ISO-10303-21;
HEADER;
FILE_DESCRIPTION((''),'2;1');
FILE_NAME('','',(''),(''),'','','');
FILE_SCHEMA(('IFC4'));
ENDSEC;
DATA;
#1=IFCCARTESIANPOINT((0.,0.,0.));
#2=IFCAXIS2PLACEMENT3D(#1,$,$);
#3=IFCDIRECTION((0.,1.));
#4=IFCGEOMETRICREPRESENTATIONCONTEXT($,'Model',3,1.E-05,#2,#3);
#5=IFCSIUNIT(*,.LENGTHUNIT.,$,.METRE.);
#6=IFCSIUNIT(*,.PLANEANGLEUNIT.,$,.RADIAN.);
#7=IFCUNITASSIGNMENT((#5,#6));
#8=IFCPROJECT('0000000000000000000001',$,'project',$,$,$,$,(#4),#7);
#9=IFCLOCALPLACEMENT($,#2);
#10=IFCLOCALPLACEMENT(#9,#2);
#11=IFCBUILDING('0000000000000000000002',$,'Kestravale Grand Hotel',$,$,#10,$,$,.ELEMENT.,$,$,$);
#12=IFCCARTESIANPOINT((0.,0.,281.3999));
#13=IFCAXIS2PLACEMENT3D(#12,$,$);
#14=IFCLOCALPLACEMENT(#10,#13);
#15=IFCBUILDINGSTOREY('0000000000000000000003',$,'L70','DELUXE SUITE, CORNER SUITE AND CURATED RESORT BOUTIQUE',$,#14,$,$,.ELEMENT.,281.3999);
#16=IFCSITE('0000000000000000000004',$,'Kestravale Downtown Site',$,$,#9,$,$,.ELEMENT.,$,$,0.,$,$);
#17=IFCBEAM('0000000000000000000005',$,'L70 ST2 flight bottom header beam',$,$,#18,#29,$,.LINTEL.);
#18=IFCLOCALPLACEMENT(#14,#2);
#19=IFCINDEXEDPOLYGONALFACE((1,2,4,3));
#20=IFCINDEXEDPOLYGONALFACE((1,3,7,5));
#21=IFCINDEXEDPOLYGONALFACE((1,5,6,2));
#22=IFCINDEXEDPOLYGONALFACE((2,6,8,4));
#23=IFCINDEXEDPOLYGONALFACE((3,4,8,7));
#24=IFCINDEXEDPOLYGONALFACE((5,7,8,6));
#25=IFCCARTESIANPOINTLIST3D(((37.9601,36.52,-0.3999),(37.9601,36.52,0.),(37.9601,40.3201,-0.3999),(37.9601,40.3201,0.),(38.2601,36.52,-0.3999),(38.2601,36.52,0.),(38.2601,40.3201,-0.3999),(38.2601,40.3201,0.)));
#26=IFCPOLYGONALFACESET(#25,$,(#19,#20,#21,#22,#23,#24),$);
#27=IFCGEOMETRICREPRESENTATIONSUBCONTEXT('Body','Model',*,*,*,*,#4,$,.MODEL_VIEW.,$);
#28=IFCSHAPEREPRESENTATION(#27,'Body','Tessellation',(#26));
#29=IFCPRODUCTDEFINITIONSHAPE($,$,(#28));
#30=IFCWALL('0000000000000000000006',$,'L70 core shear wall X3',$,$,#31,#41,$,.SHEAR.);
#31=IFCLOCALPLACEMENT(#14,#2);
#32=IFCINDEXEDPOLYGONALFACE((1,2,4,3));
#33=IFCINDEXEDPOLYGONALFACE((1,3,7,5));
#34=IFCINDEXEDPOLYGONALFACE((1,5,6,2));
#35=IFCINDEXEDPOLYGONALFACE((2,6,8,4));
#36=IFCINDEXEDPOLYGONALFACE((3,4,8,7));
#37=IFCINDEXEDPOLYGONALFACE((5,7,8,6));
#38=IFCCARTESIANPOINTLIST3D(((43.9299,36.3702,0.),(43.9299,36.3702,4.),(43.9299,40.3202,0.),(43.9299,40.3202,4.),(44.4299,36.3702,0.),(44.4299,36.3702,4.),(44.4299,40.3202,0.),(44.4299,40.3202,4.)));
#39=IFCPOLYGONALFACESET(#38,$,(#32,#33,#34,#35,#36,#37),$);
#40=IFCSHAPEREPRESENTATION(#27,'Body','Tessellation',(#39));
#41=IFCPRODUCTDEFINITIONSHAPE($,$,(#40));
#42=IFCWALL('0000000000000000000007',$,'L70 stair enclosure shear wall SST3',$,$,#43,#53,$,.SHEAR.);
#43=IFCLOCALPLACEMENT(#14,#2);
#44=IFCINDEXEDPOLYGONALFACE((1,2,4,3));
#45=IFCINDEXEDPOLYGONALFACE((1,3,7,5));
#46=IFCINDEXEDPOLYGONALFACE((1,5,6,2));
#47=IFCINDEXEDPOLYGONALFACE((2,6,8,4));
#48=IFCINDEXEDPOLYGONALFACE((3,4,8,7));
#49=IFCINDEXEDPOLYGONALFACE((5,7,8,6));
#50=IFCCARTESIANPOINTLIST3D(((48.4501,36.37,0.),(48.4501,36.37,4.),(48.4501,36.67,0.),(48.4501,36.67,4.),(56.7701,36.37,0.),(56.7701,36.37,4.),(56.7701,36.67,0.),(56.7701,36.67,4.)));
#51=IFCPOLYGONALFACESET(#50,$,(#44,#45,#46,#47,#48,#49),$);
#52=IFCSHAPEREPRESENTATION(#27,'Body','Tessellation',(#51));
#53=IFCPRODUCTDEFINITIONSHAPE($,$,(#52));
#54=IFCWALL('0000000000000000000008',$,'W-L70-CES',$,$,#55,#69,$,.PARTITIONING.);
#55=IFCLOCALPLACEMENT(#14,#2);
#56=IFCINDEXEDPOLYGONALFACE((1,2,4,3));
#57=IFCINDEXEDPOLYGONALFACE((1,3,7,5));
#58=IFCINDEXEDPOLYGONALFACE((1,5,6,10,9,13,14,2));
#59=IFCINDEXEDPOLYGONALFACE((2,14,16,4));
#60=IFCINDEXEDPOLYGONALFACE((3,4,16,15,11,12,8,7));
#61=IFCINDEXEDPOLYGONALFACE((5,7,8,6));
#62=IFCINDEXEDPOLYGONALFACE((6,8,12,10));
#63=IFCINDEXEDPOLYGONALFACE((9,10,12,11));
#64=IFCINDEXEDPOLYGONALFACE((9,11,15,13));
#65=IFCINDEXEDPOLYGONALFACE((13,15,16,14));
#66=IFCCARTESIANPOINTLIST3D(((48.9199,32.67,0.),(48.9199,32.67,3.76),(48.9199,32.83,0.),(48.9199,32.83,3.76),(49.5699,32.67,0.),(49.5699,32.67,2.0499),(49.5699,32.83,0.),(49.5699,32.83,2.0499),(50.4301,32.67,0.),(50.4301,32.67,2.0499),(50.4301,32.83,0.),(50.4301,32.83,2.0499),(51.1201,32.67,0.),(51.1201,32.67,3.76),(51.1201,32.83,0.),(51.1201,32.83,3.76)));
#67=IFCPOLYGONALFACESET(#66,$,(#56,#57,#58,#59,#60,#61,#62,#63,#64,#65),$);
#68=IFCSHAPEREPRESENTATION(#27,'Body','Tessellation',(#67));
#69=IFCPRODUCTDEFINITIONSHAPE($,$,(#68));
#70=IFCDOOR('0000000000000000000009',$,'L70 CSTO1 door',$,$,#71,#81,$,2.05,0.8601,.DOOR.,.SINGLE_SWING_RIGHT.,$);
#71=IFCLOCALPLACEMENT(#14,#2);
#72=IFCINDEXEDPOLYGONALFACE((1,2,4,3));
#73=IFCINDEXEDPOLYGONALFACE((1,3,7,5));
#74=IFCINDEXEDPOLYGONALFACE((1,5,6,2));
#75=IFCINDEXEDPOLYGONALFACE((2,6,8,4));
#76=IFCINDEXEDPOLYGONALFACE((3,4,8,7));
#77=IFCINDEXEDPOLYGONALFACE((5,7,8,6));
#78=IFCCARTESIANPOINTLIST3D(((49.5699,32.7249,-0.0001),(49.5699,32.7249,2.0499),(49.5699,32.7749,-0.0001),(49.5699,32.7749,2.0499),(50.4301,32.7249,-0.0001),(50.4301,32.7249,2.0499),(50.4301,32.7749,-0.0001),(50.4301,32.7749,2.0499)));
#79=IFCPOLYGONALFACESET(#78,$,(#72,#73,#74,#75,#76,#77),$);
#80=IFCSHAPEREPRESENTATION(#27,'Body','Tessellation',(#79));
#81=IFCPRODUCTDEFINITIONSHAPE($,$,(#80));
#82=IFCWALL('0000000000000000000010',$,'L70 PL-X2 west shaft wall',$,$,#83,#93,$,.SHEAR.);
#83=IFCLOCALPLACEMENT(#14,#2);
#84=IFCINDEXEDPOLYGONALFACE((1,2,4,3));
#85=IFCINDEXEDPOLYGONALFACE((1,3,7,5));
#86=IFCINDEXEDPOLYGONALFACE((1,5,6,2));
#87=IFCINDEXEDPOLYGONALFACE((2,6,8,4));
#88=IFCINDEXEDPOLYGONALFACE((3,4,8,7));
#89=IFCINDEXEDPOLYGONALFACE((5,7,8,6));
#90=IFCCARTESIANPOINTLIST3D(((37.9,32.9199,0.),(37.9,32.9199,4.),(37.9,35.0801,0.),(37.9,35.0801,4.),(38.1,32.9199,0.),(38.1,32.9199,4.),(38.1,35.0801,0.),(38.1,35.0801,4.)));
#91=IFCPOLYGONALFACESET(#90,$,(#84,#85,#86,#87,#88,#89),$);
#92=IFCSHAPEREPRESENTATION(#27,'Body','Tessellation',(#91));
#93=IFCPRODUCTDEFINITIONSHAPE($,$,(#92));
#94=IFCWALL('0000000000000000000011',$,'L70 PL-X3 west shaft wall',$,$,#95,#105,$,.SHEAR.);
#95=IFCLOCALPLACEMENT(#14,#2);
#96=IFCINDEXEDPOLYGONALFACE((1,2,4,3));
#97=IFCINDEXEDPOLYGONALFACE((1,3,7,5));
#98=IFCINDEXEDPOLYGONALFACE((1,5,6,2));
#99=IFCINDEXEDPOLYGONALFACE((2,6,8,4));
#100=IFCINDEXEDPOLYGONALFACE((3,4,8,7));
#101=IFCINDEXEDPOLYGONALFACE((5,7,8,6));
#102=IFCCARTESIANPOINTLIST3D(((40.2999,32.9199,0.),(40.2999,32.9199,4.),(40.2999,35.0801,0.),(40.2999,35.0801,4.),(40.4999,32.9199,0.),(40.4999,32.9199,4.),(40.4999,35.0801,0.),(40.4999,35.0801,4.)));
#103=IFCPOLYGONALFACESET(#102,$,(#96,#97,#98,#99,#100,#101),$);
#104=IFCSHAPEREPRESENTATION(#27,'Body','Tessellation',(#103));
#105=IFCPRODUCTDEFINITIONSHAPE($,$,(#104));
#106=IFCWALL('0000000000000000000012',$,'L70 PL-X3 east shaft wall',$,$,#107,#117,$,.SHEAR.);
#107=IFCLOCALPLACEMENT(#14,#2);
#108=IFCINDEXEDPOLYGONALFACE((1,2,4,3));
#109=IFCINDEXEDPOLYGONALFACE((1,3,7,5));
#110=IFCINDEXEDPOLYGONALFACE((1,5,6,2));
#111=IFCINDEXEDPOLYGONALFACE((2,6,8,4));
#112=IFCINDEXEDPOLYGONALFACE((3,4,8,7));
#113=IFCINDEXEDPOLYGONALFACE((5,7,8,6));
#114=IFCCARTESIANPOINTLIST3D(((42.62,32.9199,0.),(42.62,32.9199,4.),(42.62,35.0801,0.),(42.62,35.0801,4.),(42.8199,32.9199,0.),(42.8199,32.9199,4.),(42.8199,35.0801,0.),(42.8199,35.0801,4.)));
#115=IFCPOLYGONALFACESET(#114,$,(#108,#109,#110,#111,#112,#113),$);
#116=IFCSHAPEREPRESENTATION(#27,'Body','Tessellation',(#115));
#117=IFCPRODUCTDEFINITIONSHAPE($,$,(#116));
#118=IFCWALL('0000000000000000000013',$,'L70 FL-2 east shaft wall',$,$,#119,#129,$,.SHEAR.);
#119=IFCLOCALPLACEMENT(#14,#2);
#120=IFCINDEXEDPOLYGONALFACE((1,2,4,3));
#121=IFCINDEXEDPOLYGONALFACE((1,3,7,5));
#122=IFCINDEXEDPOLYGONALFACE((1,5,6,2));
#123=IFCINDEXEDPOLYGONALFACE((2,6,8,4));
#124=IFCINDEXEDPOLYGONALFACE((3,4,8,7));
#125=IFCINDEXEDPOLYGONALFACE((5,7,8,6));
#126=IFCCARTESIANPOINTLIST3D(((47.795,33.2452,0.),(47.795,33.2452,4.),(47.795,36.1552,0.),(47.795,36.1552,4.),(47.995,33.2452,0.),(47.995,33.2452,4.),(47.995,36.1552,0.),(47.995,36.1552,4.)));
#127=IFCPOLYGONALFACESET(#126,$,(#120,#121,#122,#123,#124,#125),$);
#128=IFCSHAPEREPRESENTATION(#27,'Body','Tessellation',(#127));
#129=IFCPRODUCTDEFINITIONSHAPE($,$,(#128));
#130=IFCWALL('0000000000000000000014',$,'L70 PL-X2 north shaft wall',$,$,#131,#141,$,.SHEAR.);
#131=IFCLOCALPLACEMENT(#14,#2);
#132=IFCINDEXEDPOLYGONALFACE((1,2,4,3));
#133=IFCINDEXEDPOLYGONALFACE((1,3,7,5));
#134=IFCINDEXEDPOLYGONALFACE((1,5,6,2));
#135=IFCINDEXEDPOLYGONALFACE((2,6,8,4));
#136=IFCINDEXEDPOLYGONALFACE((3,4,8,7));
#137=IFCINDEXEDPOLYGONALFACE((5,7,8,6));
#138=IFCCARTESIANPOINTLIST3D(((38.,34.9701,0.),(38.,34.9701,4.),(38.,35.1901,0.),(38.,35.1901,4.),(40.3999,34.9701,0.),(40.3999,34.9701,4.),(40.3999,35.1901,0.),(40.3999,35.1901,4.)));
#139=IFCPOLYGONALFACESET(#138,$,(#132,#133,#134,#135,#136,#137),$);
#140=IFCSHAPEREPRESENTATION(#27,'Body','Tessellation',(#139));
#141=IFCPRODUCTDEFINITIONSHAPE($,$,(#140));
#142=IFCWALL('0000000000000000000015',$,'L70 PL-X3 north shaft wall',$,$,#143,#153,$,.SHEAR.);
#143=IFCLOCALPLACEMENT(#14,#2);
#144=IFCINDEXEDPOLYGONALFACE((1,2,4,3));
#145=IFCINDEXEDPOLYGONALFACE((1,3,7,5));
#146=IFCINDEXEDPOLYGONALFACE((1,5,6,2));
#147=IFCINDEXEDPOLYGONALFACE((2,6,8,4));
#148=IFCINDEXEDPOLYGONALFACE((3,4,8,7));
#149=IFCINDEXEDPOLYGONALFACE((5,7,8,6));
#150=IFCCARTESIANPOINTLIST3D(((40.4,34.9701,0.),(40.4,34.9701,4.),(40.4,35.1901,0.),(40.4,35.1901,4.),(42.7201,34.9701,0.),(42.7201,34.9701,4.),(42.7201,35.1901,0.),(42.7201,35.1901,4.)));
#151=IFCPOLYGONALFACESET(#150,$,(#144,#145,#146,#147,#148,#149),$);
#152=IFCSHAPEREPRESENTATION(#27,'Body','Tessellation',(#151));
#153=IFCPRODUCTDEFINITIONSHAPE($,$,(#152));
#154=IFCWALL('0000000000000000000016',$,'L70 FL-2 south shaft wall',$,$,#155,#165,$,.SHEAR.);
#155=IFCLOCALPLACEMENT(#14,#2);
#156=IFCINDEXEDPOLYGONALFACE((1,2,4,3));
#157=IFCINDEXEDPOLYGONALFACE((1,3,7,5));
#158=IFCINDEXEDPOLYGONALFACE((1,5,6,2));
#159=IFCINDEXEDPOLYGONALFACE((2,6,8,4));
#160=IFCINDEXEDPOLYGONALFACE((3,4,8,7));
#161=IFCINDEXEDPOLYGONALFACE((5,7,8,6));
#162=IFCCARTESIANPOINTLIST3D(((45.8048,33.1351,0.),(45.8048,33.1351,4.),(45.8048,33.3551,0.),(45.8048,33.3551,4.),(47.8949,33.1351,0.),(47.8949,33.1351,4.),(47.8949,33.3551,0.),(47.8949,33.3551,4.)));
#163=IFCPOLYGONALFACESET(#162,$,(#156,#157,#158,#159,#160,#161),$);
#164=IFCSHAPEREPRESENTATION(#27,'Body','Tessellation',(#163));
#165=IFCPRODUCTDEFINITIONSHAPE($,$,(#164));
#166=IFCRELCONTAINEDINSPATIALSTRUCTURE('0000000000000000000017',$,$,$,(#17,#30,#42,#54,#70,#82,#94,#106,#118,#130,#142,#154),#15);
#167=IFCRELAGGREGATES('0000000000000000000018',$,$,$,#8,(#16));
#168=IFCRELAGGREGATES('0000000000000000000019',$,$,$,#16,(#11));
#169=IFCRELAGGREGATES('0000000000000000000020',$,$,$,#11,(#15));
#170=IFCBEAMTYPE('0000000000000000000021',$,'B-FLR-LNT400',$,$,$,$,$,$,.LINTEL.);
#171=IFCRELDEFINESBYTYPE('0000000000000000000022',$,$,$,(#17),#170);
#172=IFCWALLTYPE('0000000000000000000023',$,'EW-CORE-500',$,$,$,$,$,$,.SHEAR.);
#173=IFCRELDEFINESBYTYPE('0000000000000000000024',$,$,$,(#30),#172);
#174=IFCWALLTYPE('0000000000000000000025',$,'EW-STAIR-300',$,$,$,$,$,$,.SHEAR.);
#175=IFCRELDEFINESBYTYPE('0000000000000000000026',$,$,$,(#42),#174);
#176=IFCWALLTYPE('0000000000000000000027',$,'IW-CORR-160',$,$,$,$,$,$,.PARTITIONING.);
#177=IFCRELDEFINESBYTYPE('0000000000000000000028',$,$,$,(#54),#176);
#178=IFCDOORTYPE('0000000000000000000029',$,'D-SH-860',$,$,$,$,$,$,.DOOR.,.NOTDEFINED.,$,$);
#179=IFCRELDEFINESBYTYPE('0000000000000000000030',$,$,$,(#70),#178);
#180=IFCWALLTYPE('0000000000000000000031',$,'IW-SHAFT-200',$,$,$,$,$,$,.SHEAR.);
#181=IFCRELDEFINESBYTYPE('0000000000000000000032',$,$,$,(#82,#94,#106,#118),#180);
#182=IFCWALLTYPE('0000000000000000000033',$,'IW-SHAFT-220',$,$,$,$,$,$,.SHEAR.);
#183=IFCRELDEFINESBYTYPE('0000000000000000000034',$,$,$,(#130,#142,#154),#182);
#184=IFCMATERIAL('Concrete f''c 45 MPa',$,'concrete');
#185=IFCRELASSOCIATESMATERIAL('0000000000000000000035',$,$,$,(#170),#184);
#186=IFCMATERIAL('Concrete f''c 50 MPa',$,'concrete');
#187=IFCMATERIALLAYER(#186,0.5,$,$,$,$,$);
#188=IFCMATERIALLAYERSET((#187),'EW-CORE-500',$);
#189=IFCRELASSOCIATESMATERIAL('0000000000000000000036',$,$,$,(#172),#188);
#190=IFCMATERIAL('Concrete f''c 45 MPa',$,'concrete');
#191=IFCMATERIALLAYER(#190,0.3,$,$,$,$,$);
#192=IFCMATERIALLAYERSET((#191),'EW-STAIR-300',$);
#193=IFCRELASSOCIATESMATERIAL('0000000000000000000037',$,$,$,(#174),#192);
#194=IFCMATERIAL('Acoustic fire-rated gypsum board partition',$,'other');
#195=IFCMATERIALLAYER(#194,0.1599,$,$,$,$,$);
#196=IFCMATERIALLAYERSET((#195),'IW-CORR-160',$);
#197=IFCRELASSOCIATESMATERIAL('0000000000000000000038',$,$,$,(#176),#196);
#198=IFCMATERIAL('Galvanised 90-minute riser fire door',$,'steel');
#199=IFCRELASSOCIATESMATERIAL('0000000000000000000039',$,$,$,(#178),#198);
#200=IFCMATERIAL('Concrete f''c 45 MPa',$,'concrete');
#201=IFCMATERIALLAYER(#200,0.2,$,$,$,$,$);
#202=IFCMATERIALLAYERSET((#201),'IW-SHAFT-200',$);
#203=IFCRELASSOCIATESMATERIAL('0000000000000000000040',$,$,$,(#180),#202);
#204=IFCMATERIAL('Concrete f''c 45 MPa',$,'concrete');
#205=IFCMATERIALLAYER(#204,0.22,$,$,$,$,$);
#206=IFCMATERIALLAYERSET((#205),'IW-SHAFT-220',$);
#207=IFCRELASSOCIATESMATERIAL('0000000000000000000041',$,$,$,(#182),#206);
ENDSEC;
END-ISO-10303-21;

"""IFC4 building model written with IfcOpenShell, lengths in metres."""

from ifc_helpers import new_model, si_unit, direction, frame, frame_2d, origin, origin_2d, place, context, subcontext, project, spatial, rectangle, extrude, material, layer, layer_set, material_profile, profile_set, type_object, element, fill, save


model = new_model("IFC4")

# Units and contexts
model_context = context("Model", 3, precision=1e-05, world=origin(), true_north=direction((0.0, 1.0)))
body_context = subcontext(model_context, "Body", "Model", "MODEL_VIEW")
ifc_project = project(units=[si_unit("LENGTHUNIT", "METRE"), si_unit("PLANEANGLEUNIT", "RADIAN")], contexts=[model_context])

# Site, building, storey
site_placement = place(None, origin())
site = spatial("IfcSite", under=ifc_project, at=site_placement, Name="Kestravale Downtown Site", CompositionType="ELEMENT", RefElevation=0.0)
building_placement = place(site_placement, origin())
building = spatial("IfcBuilding", under=site, at=building_placement, Name="Kestravale Grand Hotel", CompositionType="ELEMENT")
storey_placement = place(building_placement, frame((0.0, 0.0, 281.3999)))
storey = spatial("IfcBuildingStorey", under=building, at=storey_placement, Name="L70", Description="DELUXE SUITE, CORNER SUITE AND CURATED RESORT BOUTIQUE", CompositionType="ELEMENT", Elevation=281.3999)

# Beam
ifc_material_1 = material(Name="Concrete f'c 45 MPa", Category="concrete")
ifc_material_profile = material_profile(ifc_material_1, rectangle(XDim=0.3, YDim=0.3999, at=origin_2d()))
ifc_profile_set = profile_set([ifc_material_profile], Name="Concrete f'c 45 MPa")
beam_type = type_object("IfcBeamType", Name="B-FLR-LNT400", PredefinedType="LINTEL", material=ifc_profile_set)
beam_placement = place(storey_placement, frame((38.1101, 36.52, -0.2), z_axis=(0.0, 1.0, 0.0), x_axis=(-1.0, 0.0, 0.0)))
element("IfcBeam", 1, at=beam_placement, inside=storey, type_object=beam_type, Name="L70 ST2 flight bottom header beam", PredefinedType="LINTEL", context=body_context, shape_type="SweptSolid", body=[
    extrude(rectangle(XDim=0.3, YDim=0.3999, at=origin_2d()), origin(), (0.0, 0.0, 1.0), 3.8),
])

# Walls
ifc_material_2 = material(Name="Concrete f'c 50 MPa", Category="concrete")
ifc_layer_1 = layer(ifc_material_2, 0.5)
ifc_layer_set_1 = layer_set([ifc_layer_1], Name="EW-CORE-500")
wall_type_1 = type_object("IfcWallType", Name="EW-CORE-500", PredefinedType="SHEAR", material=ifc_layer_set_1)
wall_1_placement = place(storey_placement, frame((44.1799, 36.3701, 0.0), z_axis=(0.0, 0.0, 1.0), x_axis=(0.0, 1.0, 0.0)))
element("IfcWall", 2, at=wall_1_placement, inside=storey, type_object=wall_type_1, Name="L70 core shear wall X3", PredefinedType="SHEAR", context=body_context, shape_type="SweptSolid", body=[
    extrude(rectangle(XDim=3.95, YDim=0.5, at=frame_2d((1.9751, 0.0))), origin(), (0.0, 0.0, 1.0), 4.0),
])
ifc_material_3 = material(Name="Concrete f'c 45 MPa", Category="concrete")
ifc_layer_2 = layer(ifc_material_3, 0.3)
ifc_layer_set_2 = layer_set([ifc_layer_2], Name="EW-STAIR-300")
wall_type_2 = type_object("IfcWallType", Name="EW-STAIR-300", PredefinedType="SHEAR", material=ifc_layer_set_2)
wall_2_placement = place(storey_placement, frame((48.45, 36.52, 0.0), z_axis=(0.0, 0.0, 1.0), x_axis=(1.0, 0.0, 0.0)))
element("IfcWall", 3, at=wall_2_placement, inside=storey, type_object=wall_type_2, Name="L70 stair enclosure shear wall SST3", PredefinedType="SHEAR", context=body_context, shape_type="SweptSolid", body=[
    extrude(rectangle(XDim=8.3201, YDim=0.3, at=frame_2d((4.1602, 0.0))), origin(), (0.0, 0.0, 1.0), 4.0),
])

# Wall, opening, door
ifc_material_4 = material(Name="Acoustic fire-rated gypsum board partition", Category="other")
ifc_layer_3 = layer(ifc_material_4, 0.1599)
ifc_layer_set_3 = layer_set([ifc_layer_3], Name="IW-CORR-160")
wall_type_3 = type_object("IfcWallType", Name="IW-CORR-160", PredefinedType="PARTITIONING", material=ifc_layer_set_3)
wall_3_placement = place(storey_placement, frame((48.9199, 32.75, 0.0), z_axis=(0.0, 0.0, 1.0), x_axis=(1.0, 0.0, 0.0)))
wall_3 = element("IfcWall", 4, at=wall_3_placement, inside=storey, type_object=wall_type_3, Name="W-L70-CES", PredefinedType="PARTITIONING", context=body_context, shape_type="SweptSolid", body=[
    extrude(rectangle(XDim=2.2002, YDim=0.1599, at=frame_2d((1.1001, 0.0))), origin(), (0.0, 0.0, 1.0), 3.76),
])
opening_1_placement = place(wall_3_placement, frame((0.6499, 0.0, 0.0)))
opening_1 = element("IfcOpeningElement", 5, at=opening_1_placement, cuts=wall_3, PredefinedType="OPENING", context=body_context, shape_type="SweptSolid", body=[
    extrude(rectangle(XDim=0.8601, YDim=2.05, at=frame_2d((0.4302, 1.0249))), frame((0.0, 0.0898, 0.0), z_axis=(0.0, -1.0, 0.0), x_axis=(1.0, 0.0, 0.0)), (0.0, 0.0, 1.0), 0.1799),
])
ifc_material_5 = material(Name="Galvanised 90-minute riser fire door", Category="steel")
door_type_1 = type_object("IfcDoorType", Name="D-SH-860", OperationType="NOTDEFINED", PredefinedType="DOOR", material=ifc_material_5)
door_1_placement = place(opening_1_placement, origin())
door_1 = element("IfcDoor", 6, at=door_1_placement, inside=storey, type_object=door_type_1, Name="L70 CSTO1 door", OperationType="SINGLE_SWING_RIGHT", OverallHeight=2.05, OverallWidth=0.8601, PredefinedType="DOOR", context=body_context, shape_type="SweptSolid", body=[
    extrude(rectangle(XDim=0.8601, YDim=2.05, at=frame_2d((0.4302, 1.0249))), frame((0.0, 0.0249, 0.0), z_axis=(0.0, -1.0, 0.0), x_axis=(1.0, 0.0, 0.0)), (0.0, 0.0, 1.0), 0.05),
])
fill(opening_1, door_1)

# Walls
ifc_material_6 = material(Name="Concrete f'c 45 MPa", Category="concrete")
ifc_layer_4 = layer(ifc_material_6, 0.2)
ifc_layer_set_4 = layer_set([ifc_layer_4], Name="IW-SHAFT-200")
wall_type_4 = type_object("IfcWallType", Name="IW-SHAFT-200", PredefinedType="SHEAR", material=ifc_layer_set_4)
for number, where, z_axis, x_axis, name in (
    (7, (38.0, 32.9199, 0.0), (0.0, 0.0, 1.0), (0.0, 1.0, 0.0), "L70 PL-X2 west shaft wall"),
    (8, (40.3999, 32.9199, 0.0), (0.0, 0.0, 1.0), (0.0, 1.0, 0.0), "L70 PL-X3 west shaft wall"),
    (9, (42.72, 32.9199, 0.0), (0.0, 0.0, 1.0), (0.0, 1.0, 0.0), "L70 PL-X3 east shaft wall"),
):
    element("IfcWall", number, at=place(storey_placement, frame(where, z_axis=z_axis, x_axis=x_axis)), inside=storey, type_object=wall_type_4, Name=name, PredefinedType="SHEAR", context=body_context, shape_type="SweptSolid", body=[
        extrude(rectangle(XDim=2.1602, YDim=0.2, at=frame_2d((1.0801, 0.0))), origin(), (0.0, 0.0, 1.0), 4.0),
    ])
wall_4_placement = place(storey_placement, frame((47.895, 33.2451, 0.0), z_axis=(0.0, 0.0, 1.0), x_axis=(0.0, 1.0, 0.0)))
element("IfcWall", 10, at=wall_4_placement, inside=storey, type_object=wall_type_4, Name="L70 FL-2 east shaft wall", PredefinedType="SHEAR", context=body_context, shape_type="SweptSolid", body=[
    extrude(rectangle(XDim=2.9099, YDim=0.2, at=frame_2d((1.4551, 0.0))), origin(), (0.0, 0.0, 1.0), 4.0),
])
ifc_material_7 = material(Name="Concrete f'c 45 MPa", Category="concrete")
ifc_layer_5 = layer(ifc_material_7, 0.22)
ifc_layer_set_5 = layer_set([ifc_layer_5], Name="IW-SHAFT-220")
wall_type_5 = type_object("IfcWallType", Name="IW-SHAFT-220", PredefinedType="SHEAR", material=ifc_layer_set_5)
wall_5_placement = place(storey_placement, frame((38.0, 35.0801, 0.0), z_axis=(0.0, 0.0, 1.0), x_axis=(1.0, 0.0, 0.0)))
element("IfcWall", 11, at=wall_5_placement, inside=storey, type_object=wall_type_5, Name="L70 PL-X2 north shaft wall", PredefinedType="SHEAR", context=body_context, shape_type="SweptSolid", body=[
    extrude(rectangle(XDim=2.3999, YDim=0.22, at=frame_2d((1.2, 0.0))), origin(), (0.0, 0.0, 1.0), 4.0),
])

# Wall
wall_6_placement = place(storey_placement, frame((40.3999, 35.0801, 0.0), z_axis=(0.0, 0.0, 1.0), x_axis=(1.0, 0.0, 0.0)))
element("IfcWall", 12, at=wall_6_placement, inside=storey, type_object=wall_type_5, Name="L70 PL-X3 north shaft wall", PredefinedType="SHEAR", context=body_context, shape_type="SweptSolid", body=[
    extrude(rectangle(XDim=2.3201, YDim=0.22, at=frame_2d((1.1602, 0.0))), origin(), (0.0, 0.0, 1.0), 4.0),
])

# Wall
wall_7_placement = place(storey_placement, frame((45.8049, 33.2451, 0.0), z_axis=(0.0, 0.0, 1.0), x_axis=(1.0, 0.0, 0.0)))
element("IfcWall", 13, at=wall_7_placement, inside=storey, type_object=wall_type_5, Name="L70 FL-2 south shaft wall", PredefinedType="SHEAR", context=body_context, shape_type="SweptSolid", body=[
    extrude(rectangle(XDim=2.0901, YDim=0.22, at=frame_2d((1.0449, 0.0))), origin(), (0.0, 0.0, 1.0), 4.0),
])

save(model, "model.ifc")
